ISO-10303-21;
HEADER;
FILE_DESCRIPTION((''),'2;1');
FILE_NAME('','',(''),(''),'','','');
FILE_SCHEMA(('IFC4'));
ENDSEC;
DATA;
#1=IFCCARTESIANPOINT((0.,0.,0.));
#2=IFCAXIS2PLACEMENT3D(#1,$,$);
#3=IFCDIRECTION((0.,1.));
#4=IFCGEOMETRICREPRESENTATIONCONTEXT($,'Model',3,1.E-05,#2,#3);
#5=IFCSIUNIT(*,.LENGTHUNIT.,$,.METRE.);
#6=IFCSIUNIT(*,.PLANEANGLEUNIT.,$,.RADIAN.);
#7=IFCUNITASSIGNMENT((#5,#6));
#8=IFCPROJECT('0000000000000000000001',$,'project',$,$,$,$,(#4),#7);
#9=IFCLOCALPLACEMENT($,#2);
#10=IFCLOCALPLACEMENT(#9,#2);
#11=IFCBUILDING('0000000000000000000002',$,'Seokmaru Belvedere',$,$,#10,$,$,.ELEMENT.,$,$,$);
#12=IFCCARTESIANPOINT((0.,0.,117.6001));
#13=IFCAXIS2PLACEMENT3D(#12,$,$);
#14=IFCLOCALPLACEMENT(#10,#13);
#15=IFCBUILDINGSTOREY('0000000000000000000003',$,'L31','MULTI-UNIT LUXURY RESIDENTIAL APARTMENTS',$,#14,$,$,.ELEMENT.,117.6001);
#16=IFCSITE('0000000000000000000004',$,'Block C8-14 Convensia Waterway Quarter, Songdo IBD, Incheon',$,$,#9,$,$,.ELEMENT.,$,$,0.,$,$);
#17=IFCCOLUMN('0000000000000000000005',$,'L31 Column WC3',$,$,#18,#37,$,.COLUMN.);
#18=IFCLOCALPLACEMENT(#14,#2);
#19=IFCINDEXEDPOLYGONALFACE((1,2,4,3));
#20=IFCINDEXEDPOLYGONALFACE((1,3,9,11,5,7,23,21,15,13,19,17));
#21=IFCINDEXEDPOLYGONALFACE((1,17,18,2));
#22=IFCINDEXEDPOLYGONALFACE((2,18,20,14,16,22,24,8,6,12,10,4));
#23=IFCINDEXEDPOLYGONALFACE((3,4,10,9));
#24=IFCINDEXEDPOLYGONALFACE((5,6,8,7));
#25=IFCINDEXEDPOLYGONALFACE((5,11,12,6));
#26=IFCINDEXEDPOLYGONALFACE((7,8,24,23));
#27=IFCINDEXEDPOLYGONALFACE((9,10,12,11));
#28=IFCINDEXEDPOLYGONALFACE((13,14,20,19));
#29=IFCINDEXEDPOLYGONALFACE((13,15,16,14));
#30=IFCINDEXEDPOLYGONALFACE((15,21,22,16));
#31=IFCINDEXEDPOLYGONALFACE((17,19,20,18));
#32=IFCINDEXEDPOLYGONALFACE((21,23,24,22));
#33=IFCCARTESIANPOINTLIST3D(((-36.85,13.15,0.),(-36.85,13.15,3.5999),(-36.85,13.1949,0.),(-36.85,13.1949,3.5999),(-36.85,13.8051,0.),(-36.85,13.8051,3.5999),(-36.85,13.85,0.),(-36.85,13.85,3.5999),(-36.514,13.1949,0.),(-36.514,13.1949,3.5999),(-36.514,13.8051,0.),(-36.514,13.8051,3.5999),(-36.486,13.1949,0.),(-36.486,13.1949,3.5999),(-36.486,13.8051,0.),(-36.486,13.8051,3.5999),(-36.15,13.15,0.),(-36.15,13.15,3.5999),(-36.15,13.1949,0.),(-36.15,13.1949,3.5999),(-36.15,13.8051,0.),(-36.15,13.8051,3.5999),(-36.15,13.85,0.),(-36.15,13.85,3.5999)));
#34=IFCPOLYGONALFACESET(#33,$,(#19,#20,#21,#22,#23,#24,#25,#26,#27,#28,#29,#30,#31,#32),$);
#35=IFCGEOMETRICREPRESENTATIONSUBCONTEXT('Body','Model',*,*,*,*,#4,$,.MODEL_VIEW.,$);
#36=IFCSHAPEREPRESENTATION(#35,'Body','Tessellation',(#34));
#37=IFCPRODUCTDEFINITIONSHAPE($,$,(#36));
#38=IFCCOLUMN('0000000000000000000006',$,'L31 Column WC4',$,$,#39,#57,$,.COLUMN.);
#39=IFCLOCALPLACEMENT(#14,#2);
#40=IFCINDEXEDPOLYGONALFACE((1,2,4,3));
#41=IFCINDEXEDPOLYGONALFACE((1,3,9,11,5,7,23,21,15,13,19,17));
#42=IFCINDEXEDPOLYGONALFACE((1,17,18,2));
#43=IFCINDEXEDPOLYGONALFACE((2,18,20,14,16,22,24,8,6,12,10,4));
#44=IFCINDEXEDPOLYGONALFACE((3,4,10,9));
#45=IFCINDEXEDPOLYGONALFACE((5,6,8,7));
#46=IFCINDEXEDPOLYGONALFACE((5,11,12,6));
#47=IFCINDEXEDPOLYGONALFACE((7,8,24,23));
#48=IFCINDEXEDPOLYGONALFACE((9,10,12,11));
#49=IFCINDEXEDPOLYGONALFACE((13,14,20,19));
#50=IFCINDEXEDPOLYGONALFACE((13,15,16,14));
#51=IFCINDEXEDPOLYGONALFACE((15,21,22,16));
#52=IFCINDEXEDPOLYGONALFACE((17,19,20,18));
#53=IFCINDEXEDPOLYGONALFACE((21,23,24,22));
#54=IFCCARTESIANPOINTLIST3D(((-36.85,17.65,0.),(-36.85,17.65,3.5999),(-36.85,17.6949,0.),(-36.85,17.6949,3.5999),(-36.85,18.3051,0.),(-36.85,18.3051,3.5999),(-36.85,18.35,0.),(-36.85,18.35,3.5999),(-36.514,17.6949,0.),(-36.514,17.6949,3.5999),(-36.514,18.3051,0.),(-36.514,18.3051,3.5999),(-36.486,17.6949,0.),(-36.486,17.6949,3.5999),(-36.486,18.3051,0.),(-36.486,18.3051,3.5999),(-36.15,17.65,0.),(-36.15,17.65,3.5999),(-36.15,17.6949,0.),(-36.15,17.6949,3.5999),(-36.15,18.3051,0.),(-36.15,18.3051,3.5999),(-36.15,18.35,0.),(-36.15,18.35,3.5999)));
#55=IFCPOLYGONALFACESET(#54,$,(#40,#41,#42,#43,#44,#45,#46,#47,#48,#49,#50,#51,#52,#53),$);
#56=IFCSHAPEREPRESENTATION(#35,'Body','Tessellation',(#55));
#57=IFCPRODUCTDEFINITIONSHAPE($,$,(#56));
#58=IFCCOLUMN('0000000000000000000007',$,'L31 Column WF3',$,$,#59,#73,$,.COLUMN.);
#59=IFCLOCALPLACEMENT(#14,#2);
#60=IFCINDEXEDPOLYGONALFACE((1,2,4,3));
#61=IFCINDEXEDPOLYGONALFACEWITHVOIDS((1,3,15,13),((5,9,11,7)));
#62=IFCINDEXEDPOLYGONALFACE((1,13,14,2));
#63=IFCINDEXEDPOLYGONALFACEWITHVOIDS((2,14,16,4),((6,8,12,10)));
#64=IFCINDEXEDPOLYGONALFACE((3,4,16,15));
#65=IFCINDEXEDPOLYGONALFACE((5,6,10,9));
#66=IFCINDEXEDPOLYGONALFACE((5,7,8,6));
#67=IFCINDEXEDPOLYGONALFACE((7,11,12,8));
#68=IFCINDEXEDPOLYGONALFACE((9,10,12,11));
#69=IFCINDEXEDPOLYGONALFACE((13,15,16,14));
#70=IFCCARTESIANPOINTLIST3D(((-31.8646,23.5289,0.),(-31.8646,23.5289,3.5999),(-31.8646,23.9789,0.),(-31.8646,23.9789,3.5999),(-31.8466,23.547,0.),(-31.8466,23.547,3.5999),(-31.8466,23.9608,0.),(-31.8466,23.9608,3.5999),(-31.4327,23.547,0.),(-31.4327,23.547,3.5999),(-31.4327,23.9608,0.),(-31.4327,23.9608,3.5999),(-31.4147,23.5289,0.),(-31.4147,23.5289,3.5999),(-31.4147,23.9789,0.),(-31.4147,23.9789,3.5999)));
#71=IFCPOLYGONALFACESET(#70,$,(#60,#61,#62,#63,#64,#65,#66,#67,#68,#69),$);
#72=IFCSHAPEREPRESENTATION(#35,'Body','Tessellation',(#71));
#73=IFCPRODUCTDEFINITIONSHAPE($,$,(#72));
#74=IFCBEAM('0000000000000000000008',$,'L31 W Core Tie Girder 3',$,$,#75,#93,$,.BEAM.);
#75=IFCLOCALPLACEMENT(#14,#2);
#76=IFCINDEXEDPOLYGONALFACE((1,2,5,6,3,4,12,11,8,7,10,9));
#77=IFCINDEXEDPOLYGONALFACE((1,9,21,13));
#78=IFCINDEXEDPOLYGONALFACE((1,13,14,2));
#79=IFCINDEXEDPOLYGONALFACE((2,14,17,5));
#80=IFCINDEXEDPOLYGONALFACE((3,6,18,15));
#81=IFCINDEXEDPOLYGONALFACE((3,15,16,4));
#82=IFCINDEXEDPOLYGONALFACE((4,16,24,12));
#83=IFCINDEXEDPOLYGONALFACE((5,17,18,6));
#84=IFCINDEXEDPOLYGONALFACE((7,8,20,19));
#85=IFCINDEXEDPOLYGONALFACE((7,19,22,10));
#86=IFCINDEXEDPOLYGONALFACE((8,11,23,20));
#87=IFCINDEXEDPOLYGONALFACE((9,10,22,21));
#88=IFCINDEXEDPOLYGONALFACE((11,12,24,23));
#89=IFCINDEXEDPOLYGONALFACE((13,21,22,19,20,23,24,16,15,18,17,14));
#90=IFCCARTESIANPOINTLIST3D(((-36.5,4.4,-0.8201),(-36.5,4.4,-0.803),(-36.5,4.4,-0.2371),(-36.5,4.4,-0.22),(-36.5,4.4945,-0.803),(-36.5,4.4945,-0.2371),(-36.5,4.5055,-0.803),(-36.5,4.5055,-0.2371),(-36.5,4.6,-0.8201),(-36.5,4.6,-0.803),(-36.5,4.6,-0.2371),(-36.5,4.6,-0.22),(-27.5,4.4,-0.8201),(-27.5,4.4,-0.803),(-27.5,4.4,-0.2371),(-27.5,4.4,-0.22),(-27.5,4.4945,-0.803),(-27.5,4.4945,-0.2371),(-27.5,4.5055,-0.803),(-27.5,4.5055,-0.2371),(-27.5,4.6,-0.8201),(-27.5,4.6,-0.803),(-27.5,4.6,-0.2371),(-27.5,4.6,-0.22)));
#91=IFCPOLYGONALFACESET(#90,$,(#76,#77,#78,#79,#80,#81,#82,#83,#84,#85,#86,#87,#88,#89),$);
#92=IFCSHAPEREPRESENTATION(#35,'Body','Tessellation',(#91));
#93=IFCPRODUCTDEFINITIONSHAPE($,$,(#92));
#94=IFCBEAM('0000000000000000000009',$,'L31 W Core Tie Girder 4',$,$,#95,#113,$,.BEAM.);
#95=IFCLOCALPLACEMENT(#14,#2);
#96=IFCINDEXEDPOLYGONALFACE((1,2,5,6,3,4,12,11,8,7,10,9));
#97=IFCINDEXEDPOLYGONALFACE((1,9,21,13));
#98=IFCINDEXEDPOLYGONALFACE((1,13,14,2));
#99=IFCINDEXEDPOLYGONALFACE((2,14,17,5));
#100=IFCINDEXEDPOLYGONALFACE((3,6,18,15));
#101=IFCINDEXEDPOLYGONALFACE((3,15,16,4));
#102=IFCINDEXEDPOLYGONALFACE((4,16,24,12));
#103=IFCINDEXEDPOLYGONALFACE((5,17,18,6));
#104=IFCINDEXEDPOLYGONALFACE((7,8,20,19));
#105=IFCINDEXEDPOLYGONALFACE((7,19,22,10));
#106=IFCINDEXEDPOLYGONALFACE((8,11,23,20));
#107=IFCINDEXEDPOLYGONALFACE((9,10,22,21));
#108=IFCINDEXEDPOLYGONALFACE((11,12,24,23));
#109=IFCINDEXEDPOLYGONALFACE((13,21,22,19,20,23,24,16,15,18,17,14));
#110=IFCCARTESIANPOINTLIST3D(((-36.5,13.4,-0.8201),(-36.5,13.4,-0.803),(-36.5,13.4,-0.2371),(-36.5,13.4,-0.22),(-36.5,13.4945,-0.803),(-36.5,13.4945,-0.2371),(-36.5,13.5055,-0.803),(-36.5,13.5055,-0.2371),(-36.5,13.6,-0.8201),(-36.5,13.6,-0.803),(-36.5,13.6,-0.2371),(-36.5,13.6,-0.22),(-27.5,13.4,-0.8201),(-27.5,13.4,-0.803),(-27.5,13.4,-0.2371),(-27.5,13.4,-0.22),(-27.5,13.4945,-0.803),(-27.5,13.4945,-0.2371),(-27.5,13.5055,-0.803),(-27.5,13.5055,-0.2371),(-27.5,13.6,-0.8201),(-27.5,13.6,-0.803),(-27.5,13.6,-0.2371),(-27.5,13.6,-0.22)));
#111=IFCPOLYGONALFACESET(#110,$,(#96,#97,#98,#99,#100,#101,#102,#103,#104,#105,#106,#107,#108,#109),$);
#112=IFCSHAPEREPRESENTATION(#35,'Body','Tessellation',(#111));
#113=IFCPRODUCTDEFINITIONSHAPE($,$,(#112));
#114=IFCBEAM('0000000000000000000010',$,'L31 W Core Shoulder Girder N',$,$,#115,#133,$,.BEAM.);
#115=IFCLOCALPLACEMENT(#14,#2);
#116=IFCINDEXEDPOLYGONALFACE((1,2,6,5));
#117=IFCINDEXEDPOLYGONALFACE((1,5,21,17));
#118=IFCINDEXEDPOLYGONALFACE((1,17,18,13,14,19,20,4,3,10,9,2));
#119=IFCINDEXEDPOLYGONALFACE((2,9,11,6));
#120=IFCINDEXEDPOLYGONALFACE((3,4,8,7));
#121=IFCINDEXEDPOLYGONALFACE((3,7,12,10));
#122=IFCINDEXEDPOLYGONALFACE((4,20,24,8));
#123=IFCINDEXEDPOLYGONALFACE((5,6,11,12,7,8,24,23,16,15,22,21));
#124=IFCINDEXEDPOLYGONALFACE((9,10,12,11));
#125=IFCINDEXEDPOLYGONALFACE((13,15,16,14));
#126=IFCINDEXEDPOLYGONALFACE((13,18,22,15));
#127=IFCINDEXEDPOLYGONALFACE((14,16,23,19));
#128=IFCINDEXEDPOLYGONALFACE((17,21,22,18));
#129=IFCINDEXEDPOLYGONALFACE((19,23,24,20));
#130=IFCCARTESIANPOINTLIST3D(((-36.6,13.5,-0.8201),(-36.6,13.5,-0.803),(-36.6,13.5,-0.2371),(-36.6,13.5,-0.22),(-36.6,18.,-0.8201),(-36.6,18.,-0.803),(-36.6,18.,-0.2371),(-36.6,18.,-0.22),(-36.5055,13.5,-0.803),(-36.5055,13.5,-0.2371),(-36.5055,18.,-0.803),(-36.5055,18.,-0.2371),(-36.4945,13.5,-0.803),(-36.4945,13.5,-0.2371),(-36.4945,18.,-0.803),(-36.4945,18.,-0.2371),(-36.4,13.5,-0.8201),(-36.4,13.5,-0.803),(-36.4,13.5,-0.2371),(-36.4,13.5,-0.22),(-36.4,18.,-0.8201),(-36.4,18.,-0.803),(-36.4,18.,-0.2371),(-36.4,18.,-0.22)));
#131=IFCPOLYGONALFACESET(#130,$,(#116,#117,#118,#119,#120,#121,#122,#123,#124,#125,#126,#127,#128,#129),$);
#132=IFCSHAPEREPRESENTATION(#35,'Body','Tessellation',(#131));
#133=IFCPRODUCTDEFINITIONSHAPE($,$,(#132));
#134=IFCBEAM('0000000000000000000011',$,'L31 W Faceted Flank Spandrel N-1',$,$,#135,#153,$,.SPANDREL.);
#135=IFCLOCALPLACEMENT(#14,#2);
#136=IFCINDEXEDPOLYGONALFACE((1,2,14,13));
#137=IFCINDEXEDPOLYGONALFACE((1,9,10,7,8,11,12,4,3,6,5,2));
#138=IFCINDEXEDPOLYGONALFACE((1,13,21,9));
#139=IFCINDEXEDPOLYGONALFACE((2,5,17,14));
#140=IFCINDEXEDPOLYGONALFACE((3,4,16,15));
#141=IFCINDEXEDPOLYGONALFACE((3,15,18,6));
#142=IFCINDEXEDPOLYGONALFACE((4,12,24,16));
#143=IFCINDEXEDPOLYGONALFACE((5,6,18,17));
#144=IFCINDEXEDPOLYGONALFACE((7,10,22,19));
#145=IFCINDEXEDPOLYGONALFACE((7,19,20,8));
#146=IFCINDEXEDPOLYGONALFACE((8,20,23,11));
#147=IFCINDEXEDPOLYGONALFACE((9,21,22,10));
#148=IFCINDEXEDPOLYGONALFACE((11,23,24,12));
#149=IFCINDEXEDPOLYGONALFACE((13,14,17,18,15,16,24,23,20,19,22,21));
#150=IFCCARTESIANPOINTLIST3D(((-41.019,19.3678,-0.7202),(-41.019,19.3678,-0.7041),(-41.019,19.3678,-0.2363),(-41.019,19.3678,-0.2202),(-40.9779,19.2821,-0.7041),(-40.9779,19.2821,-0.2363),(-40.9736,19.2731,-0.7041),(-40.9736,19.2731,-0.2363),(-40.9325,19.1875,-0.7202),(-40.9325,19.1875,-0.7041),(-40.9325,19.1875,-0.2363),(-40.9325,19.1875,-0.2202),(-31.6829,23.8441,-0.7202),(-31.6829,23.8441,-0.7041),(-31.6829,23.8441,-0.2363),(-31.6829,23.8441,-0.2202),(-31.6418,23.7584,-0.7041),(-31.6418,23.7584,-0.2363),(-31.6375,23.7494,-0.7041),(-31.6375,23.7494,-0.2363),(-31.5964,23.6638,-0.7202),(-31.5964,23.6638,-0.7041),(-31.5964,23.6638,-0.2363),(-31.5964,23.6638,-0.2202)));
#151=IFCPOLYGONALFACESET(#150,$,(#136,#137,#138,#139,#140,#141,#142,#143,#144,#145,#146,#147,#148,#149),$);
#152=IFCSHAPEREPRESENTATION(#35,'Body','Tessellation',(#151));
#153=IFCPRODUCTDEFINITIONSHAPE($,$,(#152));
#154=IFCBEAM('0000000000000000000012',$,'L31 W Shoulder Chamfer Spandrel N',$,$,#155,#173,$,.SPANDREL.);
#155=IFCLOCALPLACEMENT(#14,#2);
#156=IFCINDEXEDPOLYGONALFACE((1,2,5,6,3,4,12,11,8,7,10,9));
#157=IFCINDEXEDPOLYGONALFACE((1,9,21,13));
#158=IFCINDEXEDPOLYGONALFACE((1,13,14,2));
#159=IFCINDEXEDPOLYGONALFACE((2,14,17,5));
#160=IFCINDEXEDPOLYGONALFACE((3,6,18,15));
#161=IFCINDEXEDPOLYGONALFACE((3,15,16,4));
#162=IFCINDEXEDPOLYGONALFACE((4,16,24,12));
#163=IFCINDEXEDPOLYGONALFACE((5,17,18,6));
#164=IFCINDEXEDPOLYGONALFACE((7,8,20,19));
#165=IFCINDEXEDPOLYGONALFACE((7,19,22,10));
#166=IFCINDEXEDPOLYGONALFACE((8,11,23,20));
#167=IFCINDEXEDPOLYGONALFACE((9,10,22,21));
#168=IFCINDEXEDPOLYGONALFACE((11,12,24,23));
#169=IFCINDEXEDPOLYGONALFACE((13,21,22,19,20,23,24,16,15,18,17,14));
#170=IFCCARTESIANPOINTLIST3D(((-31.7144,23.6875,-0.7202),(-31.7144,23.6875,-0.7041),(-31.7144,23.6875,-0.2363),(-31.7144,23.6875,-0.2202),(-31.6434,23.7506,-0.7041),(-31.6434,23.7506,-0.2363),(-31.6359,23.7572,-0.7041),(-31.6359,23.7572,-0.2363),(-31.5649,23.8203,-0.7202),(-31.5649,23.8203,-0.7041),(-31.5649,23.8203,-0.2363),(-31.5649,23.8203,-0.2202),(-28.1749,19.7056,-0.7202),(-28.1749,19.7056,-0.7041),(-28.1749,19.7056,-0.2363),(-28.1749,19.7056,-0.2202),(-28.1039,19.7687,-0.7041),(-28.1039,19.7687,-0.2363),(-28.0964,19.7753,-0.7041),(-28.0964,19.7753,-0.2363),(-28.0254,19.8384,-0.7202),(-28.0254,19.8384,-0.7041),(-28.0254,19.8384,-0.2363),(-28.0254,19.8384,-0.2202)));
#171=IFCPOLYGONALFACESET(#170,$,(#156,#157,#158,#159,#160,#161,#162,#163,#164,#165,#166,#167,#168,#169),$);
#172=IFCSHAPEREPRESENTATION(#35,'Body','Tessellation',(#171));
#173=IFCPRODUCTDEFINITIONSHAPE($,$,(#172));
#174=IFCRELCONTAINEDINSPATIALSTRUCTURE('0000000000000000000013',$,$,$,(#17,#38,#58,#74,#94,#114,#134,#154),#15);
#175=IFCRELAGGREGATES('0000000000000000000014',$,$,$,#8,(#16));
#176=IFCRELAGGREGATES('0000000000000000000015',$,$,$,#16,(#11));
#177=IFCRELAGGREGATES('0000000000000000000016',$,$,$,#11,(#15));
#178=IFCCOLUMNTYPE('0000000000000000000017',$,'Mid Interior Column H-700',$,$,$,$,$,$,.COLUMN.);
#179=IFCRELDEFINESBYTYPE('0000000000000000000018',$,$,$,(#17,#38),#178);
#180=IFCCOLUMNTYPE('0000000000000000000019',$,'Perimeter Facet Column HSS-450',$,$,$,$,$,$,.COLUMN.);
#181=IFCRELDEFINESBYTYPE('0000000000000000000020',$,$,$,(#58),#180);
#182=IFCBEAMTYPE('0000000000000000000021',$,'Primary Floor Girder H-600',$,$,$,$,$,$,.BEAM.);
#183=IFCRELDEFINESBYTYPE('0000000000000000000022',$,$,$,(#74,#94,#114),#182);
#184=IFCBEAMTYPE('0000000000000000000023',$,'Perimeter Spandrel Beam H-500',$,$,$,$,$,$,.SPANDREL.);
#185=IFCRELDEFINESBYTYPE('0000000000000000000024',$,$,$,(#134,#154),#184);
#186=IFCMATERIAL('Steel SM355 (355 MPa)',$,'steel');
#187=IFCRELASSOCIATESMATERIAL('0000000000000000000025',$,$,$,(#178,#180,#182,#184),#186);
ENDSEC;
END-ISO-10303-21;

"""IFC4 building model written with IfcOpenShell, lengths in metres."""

from ifc_helpers import new_model, si_unit, direction, frame, origin, origin_2d, place, context, subcontext, project, spatial, hollow_rectangle, i_section, extrude, source, transform, mapped, material, material_profile, profile_set, type_object, type_shapes, element, save


model = new_model("IFC4")

# Units and contexts
model_context = context("Model", 3, precision=1e-05, world=origin(), true_north=direction((0.0, 1.0)))
body_context = subcontext(model_context, "Body", "Model", "MODEL_VIEW")
ifc_project = project(units=[si_unit("LENGTHUNIT", "METRE"), si_unit("PLANEANGLEUNIT", "RADIAN")], contexts=[model_context])

# Site, building, storey
site_placement = place(None, origin())
site = spatial("IfcSite", under=ifc_project, at=site_placement, Name="Block C8-14 Convensia Waterway Quarter, Songdo IBD, Incheon", CompositionType="ELEMENT", RefElevation=0.0)
building_placement = place(site_placement, origin())
building = spatial("IfcBuilding", under=site, at=building_placement, Name="Seokmaru Belvedere", CompositionType="ELEMENT")
storey_placement = place(building_placement, frame((0.0, 0.0, 117.6001)))
storey = spatial("IfcBuildingStorey", under=building, at=storey_placement, Name="L31", Description="MULTI-UNIT LUXURY RESIDENTIAL APARTMENTS", CompositionType="ELEMENT", Elevation=117.6001)

# Columns
ifc_material_1 = material(Name="Steel SM355 (355 MPa)", Category="steel")
ifc_material_profile_1 = material_profile(ifc_material_1, i_section(OverallWidth=0.7, OverallDepth=0.7, WebThickness=0.0281, FlangeThickness=0.0449, at=origin_2d()), Name="H-700x700x28x45")
ifc_profile_set_1 = profile_set([ifc_material_profile_1], Name="Steel SM355 (355 MPa)")
column_type_1 = type_object("IfcColumnType", Name="Mid Interior Column H-700", PredefinedType="COLUMN", material=ifc_profile_set_1)
shared_shape_1 = source(origin(), body_context, "Body", "SweptSolid", [
    extrude(i_section(OverallWidth=0.7, OverallDepth=0.7, WebThickness=0.0281, FlangeThickness=0.0449, at=origin_2d()), origin(), (0.0, 0.0, 1.0), 3.5999),
])
type_shapes(column_type_1, [shared_shape_1])
for number, where, z_axis, x_axis, name in (
    (1, (-36.5, 13.5, 0.0), (0.0, 0.0, 1.0), (1.0, 0.0, 0.0), "L31 Column WC3"),
    (2, (-36.5, 18.0, 0.0), (0.0, 0.0, 1.0), (1.0, 0.0, 0.0), "L31 Column WC4"),
):
    element("IfcColumn", number, at=place(storey_placement, frame(where, z_axis=z_axis, x_axis=x_axis)), inside=storey, type_object=column_type_1, Name=name, PredefinedType="COLUMN", context=body_context, shape_type="MappedRepresentation", body=[
        mapped(shared_shape_1, transform((0.0, 0.0, 0.0), scale=1.0)),
    ])
ifc_material_profile_2 = material_profile(ifc_material_1, hollow_rectangle(XDim=0.45, YDim=0.45, WallThickness=0.0181, at=origin_2d()), Name="HSS-450x450x18")
ifc_profile_set_2 = profile_set([ifc_material_profile_2], Name="Steel SM355 (355 MPa)")
column_type_2 = type_object("IfcColumnType", Name="Perimeter Facet Column HSS-450", PredefinedType="COLUMN", material=ifc_profile_set_2)
shared_shape_2 = source(origin(), body_context, "Body", "SweptSolid", [
    extrude(hollow_rectangle(XDim=0.45, YDim=0.45, WallThickness=0.0181, at=origin_2d()), origin(), (0.0, 0.0, 1.0), 3.5999),
])
type_shapes(column_type_2, [shared_shape_2])
column_placement = place(storey_placement, frame((-31.6396, 23.7539, 0.0), z_axis=(0.0, 0.0, 1.0), x_axis=(1.0, 0.0, 0.0)))
element("IfcColumn", 3, at=column_placement, inside=storey, type_object=column_type_2, Name="L31 Column WF3", PredefinedType="COLUMN", context=body_context, shape_type="MappedRepresentation", body=[
    mapped(shared_shape_2, transform((0.0, 0.0, 0.0), scale=1.0)),
])

# Beams
ifc_material_profile_3 = material_profile(ifc_material_1, i_section(OverallWidth=0.2, OverallDepth=0.6001, WebThickness=0.011, FlangeThickness=0.0171, at=origin_2d()), Name="H-600x200x11x17")
ifc_profile_set_3 = profile_set([ifc_material_profile_3], Name="Steel SM355 (355 MPa)")
beam_type_1 = type_object("IfcBeamType", Name="Primary Floor Girder H-600", PredefinedType="BEAM", material=ifc_profile_set_3)
shared_shape_3 = source(origin(), body_context, "Body", "SweptSolid", [
    extrude(i_section(OverallWidth=0.2, OverallDepth=0.6001, WebThickness=0.011, FlangeThickness=0.0171, at=origin_2d()), origin(), (0.0, 0.0, 1.0), 9.0),
])
for number, where, z_axis, x_axis, name in (
    (4, (-36.5, 4.5, -0.52), (1.0, 0.0, 0.0), (0.0, 1.0, 0.0), "L31 W Core Tie Girder 3"),
    (5, (-36.5, 13.5, -0.52), (1.0, 0.0, 0.0), (0.0, 1.0, 0.0), "L31 W Core Tie Girder 4"),
):
    element("IfcBeam", number, at=place(storey_placement, frame(where, z_axis=z_axis, x_axis=x_axis)), inside=storey, type_object=beam_type_1, Name=name, PredefinedType="BEAM", context=body_context, shape_type="MappedRepresentation", body=[
        mapped(shared_shape_3, transform((0.0, 0.0, 0.0), scale=1.0)),
    ])
shared_shape_4 = source(origin(), body_context, "Body", "SweptSolid", [
    extrude(i_section(OverallWidth=0.2, OverallDepth=0.6001, WebThickness=0.011, FlangeThickness=0.0171, at=origin_2d()), origin(), (0.0, 0.0, 1.0), 4.5),
])
type_shapes(beam_type_1, [shared_shape_3, shared_shape_4])
beam_1_placement = place(storey_placement, frame((-36.5, 13.5, -0.52), z_axis=(0.0, 1.0, 0.0), x_axis=(-1.0, 0.0, 0.0)))
element("IfcBeam", 6, at=beam_1_placement, inside=storey, type_object=beam_type_1, Name="L31 W Core Shoulder Girder N", PredefinedType="BEAM", context=body_context, shape_type="MappedRepresentation", body=[
    mapped(shared_shape_4, transform((0.0, 0.0, 0.0), scale=1.0)),
])
ifc_material_profile_4 = material_profile(ifc_material_1, i_section(OverallWidth=0.2, OverallDepth=0.5, WebThickness=0.01, FlangeThickness=0.0161, at=origin_2d()), Name="H-500x200x10x16")
ifc_profile_set_4 = profile_set([ifc_material_profile_4], Name="Steel SM355 (355 MPa)")
beam_type_2 = type_object("IfcBeamType", Name="Perimeter Spandrel Beam H-500", PredefinedType="SPANDREL", material=ifc_profile_set_4)
shared_shape_5 = source(origin(), body_context, "Body", "SweptSolid", [
    extrude(i_section(OverallWidth=0.2, OverallDepth=0.5, WebThickness=0.01, FlangeThickness=0.0161, at=origin_2d()), origin(), (0.0, 0.0, 1.0), 10.3538),
])
beam_2_placement = place(storey_placement, frame((-31.6396, 23.7539, -0.4702), z_axis=(-0.901713, -0.432335, 0.0), x_axis=(0.432335, -0.901713, 0.0)))
element("IfcBeam", 7, at=beam_2_placement, inside=storey, type_object=beam_type_2, Name="L31 W Faceted Flank Spandrel N-1", PredefinedType="SPANDREL", context=body_context, shape_type="MappedRepresentation", body=[
    mapped(shared_shape_5, transform((0.0, 0.0, 0.0), scale=1.0)),
])
shared_shape_6 = source(origin(), body_context, "Body", "SweptSolid", [
    extrude(i_section(OverallWidth=0.2, OverallDepth=0.5, WebThickness=0.01, FlangeThickness=0.0161, at=origin_2d()), origin(), (0.0, 0.0, 1.0), 5.3276),
])
type_shapes(beam_type_2, [shared_shape_5, shared_shape_6])
beam_3_placement = place(storey_placement, frame((-31.6396, 23.7539, -0.4702), z_axis=(0.66437, -0.747404, 0.0), x_axis=(0.747404, 0.66437, 0.0)))
element("IfcBeam", 8, at=beam_3_placement, inside=storey, type_object=beam_type_2, Name="L31 W Shoulder Chamfer Spandrel N", PredefinedType="SPANDREL", context=body_context, shape_type="MappedRepresentation", body=[
    mapped(shared_shape_6, transform((0.0, 0.0, 0.0), scale=1.0)),
])

save(model, "model.ifc")
